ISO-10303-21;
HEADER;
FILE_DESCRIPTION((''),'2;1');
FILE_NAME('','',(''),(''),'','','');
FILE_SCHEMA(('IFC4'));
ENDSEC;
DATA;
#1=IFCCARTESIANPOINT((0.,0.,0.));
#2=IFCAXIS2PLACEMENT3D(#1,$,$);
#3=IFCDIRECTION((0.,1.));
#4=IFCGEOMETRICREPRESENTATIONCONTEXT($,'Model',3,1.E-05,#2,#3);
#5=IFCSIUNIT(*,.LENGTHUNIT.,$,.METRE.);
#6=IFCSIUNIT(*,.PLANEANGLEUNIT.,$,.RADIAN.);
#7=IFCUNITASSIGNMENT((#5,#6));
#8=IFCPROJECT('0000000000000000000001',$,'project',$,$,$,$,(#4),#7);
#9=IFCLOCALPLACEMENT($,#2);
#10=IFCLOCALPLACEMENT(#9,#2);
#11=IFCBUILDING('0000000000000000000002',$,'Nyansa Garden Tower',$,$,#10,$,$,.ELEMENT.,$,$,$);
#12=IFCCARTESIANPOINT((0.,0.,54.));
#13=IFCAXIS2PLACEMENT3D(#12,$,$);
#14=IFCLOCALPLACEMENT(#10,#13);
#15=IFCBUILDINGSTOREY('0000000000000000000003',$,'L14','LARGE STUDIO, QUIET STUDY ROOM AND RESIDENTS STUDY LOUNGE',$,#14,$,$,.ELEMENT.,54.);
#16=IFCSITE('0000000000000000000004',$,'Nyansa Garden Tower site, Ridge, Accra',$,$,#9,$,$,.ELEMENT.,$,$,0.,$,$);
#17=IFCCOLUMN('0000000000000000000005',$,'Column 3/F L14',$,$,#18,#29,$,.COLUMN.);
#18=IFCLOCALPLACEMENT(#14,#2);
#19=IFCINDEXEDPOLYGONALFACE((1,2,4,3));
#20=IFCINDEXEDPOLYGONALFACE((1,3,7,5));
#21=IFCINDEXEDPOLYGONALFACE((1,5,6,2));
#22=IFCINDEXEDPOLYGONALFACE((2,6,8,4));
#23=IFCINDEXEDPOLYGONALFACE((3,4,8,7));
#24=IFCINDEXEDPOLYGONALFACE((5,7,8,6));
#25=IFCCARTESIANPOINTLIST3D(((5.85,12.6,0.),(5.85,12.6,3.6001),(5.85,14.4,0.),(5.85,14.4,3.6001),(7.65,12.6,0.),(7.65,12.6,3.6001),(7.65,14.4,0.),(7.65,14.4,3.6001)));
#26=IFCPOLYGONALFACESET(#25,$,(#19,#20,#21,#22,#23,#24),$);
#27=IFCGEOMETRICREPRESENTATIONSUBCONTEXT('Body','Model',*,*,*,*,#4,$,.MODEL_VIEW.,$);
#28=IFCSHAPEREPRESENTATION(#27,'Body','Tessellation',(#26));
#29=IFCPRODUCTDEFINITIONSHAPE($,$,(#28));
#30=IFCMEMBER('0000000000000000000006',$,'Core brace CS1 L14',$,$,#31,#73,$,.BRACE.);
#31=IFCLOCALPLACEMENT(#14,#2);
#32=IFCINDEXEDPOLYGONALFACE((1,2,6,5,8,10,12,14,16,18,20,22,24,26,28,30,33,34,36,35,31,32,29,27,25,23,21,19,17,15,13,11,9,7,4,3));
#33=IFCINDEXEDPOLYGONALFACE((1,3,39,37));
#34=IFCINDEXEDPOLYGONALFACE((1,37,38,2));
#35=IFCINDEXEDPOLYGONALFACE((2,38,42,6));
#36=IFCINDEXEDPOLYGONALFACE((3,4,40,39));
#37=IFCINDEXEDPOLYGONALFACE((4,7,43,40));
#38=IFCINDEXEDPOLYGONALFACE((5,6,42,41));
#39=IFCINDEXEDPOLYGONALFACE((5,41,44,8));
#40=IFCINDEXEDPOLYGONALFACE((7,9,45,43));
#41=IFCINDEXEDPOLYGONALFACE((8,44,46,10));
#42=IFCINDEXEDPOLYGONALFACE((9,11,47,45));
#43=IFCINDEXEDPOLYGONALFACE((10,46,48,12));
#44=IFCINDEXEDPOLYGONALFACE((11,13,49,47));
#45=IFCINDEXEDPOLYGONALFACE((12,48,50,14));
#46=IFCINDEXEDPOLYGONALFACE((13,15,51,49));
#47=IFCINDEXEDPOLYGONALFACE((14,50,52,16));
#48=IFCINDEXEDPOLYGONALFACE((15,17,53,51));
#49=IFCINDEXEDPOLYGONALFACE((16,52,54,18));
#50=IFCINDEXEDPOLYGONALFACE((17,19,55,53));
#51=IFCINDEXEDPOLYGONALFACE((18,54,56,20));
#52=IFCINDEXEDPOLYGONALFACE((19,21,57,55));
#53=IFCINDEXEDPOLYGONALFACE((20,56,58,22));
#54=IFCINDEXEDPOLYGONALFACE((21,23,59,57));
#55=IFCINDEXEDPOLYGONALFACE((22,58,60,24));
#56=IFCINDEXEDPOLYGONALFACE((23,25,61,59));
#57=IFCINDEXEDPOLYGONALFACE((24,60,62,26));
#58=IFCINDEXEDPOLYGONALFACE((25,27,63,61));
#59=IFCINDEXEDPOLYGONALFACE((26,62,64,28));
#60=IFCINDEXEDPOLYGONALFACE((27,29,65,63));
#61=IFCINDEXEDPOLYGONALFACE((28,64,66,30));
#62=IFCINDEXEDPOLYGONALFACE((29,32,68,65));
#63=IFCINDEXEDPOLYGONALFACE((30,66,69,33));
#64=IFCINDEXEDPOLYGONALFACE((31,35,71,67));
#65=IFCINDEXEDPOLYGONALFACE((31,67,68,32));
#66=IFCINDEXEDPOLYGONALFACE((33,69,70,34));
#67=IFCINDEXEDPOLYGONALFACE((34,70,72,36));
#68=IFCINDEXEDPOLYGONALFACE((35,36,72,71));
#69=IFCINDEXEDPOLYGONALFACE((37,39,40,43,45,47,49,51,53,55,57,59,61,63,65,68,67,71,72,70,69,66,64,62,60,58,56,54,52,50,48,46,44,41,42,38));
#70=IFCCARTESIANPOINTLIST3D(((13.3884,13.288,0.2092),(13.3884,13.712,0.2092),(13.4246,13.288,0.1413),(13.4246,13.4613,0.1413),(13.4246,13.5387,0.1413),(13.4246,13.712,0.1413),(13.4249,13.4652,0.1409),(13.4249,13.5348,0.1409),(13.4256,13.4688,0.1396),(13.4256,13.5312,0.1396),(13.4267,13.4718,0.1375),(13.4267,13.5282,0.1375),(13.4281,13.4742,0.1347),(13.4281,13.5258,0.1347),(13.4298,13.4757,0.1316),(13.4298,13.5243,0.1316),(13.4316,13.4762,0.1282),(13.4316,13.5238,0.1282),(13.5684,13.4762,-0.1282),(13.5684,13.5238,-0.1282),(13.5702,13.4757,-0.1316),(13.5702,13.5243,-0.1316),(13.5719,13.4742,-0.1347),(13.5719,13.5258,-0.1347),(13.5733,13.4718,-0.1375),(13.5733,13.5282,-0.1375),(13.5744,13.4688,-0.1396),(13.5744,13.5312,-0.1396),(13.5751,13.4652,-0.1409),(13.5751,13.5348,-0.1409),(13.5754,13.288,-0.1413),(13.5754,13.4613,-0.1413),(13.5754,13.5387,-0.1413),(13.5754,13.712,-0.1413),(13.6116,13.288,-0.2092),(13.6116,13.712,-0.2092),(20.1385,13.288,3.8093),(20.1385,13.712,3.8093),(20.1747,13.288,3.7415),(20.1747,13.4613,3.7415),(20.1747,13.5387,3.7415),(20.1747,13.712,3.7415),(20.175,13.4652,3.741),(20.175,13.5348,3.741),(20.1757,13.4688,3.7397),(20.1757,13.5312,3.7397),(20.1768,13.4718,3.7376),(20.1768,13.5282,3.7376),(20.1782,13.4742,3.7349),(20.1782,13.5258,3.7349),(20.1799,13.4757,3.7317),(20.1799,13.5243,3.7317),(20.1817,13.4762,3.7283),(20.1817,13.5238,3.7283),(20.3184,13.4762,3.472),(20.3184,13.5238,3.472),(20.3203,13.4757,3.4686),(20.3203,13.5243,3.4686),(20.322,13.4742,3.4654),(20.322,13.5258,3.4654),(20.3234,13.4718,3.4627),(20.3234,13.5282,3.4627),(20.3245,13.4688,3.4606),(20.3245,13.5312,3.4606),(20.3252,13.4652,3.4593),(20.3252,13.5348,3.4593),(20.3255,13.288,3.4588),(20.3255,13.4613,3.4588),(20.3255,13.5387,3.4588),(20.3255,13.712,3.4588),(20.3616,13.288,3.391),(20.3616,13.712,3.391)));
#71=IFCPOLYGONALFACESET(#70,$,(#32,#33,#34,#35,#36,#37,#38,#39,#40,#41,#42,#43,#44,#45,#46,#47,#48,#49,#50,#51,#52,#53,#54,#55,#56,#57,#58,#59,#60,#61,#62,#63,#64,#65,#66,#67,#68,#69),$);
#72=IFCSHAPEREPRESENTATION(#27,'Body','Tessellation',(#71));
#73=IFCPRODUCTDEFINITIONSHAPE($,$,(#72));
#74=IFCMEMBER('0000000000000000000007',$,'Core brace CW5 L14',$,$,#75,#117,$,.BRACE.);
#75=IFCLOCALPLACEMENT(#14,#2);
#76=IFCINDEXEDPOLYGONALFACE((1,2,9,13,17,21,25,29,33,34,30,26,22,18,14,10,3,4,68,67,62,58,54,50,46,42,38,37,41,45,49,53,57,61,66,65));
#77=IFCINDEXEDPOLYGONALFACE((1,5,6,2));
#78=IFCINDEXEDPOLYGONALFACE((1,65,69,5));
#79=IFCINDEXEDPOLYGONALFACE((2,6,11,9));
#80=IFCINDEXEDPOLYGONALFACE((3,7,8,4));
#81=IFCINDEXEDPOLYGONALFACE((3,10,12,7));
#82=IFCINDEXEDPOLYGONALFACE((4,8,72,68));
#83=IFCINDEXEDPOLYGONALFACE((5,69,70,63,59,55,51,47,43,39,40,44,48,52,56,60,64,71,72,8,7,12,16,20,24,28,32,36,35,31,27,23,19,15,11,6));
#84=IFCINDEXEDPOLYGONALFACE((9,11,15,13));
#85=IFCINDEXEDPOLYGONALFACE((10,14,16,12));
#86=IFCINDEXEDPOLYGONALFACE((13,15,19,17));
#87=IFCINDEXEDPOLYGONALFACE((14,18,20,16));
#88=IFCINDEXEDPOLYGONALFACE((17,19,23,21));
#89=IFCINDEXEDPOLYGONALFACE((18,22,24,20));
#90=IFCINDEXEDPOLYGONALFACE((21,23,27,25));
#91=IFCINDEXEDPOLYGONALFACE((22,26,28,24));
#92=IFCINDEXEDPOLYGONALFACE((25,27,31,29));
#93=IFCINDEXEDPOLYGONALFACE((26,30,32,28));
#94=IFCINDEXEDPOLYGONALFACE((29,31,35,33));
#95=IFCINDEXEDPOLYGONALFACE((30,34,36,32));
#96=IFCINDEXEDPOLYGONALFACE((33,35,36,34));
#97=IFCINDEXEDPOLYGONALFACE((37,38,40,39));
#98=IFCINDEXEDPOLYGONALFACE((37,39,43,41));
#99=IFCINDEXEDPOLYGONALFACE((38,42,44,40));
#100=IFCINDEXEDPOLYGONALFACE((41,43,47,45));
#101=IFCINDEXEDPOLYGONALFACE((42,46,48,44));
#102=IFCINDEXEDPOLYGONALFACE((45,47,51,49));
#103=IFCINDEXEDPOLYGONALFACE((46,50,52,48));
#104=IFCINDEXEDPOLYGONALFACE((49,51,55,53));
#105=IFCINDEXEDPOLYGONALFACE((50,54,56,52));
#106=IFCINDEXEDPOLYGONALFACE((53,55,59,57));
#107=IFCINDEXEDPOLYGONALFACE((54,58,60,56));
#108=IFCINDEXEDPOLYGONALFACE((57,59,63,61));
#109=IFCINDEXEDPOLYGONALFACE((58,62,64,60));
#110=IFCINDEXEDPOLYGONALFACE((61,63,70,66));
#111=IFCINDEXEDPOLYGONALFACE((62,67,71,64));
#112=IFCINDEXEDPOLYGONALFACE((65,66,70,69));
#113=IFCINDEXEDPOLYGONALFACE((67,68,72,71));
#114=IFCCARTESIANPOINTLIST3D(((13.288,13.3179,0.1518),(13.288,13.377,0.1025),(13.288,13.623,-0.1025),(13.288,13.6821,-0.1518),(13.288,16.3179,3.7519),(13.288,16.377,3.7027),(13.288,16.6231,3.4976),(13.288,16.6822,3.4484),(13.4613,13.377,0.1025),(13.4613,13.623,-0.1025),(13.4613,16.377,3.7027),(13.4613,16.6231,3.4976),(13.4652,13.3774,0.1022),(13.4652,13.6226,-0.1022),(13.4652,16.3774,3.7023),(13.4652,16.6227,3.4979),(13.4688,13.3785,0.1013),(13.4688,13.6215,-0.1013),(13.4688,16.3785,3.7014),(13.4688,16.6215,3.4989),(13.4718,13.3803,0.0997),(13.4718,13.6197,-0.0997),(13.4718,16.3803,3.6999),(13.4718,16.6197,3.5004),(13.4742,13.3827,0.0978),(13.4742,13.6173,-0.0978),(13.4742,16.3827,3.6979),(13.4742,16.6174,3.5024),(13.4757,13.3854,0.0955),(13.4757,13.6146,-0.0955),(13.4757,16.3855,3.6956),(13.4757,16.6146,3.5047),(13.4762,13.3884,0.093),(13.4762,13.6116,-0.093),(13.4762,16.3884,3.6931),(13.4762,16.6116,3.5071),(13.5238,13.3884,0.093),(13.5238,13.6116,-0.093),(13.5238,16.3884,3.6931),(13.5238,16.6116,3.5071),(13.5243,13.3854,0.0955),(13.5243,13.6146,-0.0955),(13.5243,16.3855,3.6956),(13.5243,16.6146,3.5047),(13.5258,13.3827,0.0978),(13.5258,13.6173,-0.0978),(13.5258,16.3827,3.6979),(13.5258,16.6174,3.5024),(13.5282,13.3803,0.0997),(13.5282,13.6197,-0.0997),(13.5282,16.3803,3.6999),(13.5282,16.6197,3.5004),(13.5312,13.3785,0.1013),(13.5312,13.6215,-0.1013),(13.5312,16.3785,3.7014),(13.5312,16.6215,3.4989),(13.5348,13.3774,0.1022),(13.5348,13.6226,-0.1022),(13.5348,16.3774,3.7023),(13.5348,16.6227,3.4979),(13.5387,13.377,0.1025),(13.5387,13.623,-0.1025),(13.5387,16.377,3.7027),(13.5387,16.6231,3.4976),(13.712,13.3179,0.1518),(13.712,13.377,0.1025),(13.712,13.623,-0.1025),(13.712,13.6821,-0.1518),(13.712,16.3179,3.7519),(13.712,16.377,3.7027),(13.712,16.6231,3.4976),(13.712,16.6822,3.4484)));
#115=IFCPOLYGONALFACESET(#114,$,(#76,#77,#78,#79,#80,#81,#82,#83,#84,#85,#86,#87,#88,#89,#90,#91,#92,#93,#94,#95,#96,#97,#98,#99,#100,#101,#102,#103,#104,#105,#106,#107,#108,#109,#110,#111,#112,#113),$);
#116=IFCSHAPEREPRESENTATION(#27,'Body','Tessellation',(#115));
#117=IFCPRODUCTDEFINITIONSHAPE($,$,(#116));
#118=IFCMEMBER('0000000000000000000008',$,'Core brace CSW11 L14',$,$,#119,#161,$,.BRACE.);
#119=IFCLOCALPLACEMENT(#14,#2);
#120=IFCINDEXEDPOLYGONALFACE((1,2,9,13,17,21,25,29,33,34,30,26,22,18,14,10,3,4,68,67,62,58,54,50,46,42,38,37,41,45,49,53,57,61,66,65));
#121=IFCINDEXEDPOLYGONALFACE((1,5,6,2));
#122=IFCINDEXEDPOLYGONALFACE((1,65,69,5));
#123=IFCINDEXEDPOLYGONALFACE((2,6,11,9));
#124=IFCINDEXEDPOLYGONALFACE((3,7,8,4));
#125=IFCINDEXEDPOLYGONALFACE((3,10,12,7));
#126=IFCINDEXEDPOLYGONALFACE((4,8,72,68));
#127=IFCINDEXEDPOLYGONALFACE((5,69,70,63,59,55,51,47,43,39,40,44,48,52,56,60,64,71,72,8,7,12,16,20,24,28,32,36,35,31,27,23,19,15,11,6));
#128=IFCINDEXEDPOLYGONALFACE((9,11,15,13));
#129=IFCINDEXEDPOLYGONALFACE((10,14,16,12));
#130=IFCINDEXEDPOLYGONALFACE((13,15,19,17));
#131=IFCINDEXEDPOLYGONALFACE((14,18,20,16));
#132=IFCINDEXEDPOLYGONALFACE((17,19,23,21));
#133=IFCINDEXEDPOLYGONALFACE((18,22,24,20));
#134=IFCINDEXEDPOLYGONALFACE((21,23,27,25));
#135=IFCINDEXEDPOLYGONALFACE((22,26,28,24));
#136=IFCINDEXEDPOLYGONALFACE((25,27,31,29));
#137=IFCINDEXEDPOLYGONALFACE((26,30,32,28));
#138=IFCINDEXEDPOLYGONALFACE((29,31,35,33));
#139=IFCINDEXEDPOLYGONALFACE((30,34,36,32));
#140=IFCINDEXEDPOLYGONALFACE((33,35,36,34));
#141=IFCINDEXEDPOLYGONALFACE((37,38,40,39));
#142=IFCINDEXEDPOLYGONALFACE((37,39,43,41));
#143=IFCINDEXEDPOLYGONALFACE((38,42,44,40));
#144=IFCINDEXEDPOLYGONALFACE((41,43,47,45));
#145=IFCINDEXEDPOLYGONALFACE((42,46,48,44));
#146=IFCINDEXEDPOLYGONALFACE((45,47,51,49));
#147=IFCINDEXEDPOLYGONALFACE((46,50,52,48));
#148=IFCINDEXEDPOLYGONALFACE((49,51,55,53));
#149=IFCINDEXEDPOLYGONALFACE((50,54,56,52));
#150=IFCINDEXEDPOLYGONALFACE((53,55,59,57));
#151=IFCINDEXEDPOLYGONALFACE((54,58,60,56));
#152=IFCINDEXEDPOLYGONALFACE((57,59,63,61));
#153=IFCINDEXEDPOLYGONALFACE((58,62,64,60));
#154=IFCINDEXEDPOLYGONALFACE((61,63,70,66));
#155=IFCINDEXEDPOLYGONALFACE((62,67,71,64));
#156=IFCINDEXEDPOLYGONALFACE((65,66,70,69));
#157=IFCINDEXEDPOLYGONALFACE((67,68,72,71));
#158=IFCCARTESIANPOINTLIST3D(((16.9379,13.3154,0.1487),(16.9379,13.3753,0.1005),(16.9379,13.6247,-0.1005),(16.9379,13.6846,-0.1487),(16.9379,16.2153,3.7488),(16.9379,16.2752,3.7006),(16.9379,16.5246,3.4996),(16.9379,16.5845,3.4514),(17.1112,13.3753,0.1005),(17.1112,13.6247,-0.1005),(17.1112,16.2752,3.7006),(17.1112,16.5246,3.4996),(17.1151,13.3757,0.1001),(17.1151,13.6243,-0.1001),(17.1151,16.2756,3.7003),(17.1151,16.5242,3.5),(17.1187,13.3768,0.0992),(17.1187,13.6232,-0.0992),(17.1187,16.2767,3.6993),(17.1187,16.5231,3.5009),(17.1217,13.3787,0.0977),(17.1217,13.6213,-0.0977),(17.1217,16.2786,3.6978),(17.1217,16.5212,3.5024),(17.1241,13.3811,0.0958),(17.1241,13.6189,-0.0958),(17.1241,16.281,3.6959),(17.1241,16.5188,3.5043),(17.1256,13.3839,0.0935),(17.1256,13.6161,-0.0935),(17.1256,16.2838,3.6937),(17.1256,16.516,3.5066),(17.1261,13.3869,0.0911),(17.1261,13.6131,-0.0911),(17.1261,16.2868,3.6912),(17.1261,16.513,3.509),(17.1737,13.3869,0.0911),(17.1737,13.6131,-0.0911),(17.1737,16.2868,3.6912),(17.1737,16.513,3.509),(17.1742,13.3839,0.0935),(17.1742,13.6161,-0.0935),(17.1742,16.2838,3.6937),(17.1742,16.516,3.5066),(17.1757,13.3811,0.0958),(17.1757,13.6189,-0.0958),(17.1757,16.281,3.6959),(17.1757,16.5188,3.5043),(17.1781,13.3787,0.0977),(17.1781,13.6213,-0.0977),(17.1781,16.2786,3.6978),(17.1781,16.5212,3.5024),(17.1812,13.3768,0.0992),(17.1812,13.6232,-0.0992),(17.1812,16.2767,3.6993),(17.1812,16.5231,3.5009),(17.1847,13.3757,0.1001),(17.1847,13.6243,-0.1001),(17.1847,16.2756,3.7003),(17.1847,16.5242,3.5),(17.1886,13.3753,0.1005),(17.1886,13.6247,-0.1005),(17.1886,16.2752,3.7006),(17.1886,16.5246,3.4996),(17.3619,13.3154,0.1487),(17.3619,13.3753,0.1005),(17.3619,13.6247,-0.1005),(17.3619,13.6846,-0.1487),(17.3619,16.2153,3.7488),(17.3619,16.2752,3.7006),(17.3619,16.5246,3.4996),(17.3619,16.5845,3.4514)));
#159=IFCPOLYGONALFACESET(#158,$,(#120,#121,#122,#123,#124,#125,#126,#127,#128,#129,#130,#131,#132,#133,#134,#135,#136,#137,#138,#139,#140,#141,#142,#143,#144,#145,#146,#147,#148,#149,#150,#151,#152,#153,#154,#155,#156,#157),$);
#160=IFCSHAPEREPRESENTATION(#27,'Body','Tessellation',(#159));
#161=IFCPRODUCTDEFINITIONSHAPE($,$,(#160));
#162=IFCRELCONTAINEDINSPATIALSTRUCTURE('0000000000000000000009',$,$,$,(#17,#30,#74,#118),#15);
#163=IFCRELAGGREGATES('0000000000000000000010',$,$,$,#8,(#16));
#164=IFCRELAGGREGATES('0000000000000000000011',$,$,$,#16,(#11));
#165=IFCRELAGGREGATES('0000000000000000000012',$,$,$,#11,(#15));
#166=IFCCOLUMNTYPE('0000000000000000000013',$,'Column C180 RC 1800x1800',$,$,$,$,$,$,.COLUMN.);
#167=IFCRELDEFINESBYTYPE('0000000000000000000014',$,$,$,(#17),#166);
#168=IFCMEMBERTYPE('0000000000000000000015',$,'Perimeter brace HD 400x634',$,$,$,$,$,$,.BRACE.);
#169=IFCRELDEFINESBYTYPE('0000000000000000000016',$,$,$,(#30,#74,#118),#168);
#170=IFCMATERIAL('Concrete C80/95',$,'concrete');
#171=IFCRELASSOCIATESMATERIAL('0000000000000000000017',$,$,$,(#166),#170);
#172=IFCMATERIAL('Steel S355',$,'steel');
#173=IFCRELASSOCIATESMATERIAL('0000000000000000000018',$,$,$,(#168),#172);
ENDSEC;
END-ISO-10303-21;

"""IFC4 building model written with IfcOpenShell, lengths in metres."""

from ifc_helpers import new_model, si_unit, direction, frame, origin, origin_2d, place, context, subcontext, project, spatial, rectangle, i_section, extrude, material, material_profile, profile_set, type_object, element, save


model = new_model("IFC4")

# Units and contexts
model_context = context("Model", 3, precision=1e-05, world=origin(), true_north=direction((0.0, 1.0)))
body_context = subcontext(model_context, "Body", "Model", "MODEL_VIEW")
ifc_project = project(units=[si_unit("LENGTHUNIT", "METRE"), si_unit("PLANEANGLEUNIT", "RADIAN")], contexts=[model_context])

# Site, building, storey
site_placement = place(None, origin())
site = spatial("IfcSite", under=ifc_project, at=site_placement, Name="Nyansa Garden Tower site, Ridge, Accra", CompositionType="ELEMENT", RefElevation=0.0)
building_placement = place(site_placement, origin())
building = spatial("IfcBuilding", under=site, at=building_placement, Name="Nyansa Garden Tower", CompositionType="ELEMENT")
storey_placement = place(building_placement, frame((0.0, 0.0, 54.0)))
storey = spatial("IfcBuildingStorey", under=building, at=storey_placement, Name="L14", Description="LARGE STUDIO, QUIET STUDY ROOM AND RESIDENTS STUDY LOUNGE", CompositionType="ELEMENT", Elevation=54.0)

# Column
ifc_material_1 = material(Name="Concrete C80/95", Category="concrete")
ifc_material_profile_1 = material_profile(ifc_material_1, rectangle(XDim=1.8, YDim=1.8, at=origin_2d()), Name="RC 1800x1800")
ifc_profile_set_1 = profile_set([ifc_material_profile_1], Name="Concrete C80/95")
column_type = type_object("IfcColumnType", Name="Column C180 RC 1800x1800", PredefinedType="COLUMN", material=ifc_profile_set_1)
column_placement = place(storey_placement, frame((6.75, 13.5, 0.0), z_axis=(0.0, 0.0, 1.0), x_axis=(1.0, 0.0, 0.0)))
element("IfcColumn", 1, at=column_placement, inside=storey, type_object=column_type, Name="Column 3/F L14", PredefinedType="COLUMN", context=body_context, shape_type="SweptSolid", body=[
    extrude(rectangle(XDim=1.8, YDim=1.8, at=origin_2d()), origin(), (0.0, 0.0, 1.0), 3.6001),
])

# Members
ifc_material_2 = material(Name="Steel S355", Category="steel")
ifc_material_profile_2 = material_profile(ifc_material_2, i_section(OverallWidth=0.4241, OverallDepth=0.4741, WebThickness=0.0476, FlangeThickness=0.0769, FilletRadius=0.0149, at=origin_2d()), Name="HD 400x634")
ifc_profile_set_2 = profile_set([ifc_material_profile_2], Name="Steel S355")
member_type = type_object("IfcMemberType", Name="Perimeter brace HD 400x634", PredefinedType="BRACE", material=ifc_profile_set_2)
member_1_placement = place(storey_placement, frame((13.5, 13.5, 0.0), z_axis=(0.882348, 0.0, 0.470598), x_axis=(0.0, 1.0, 0.0)))
element("IfcMember", 2, at=member_1_placement, inside=storey, type_object=member_type, Name="Core brace CS1 L14", PredefinedType="BRACE", context=body_context, shape_type="SweptSolid", body=[
    extrude(i_section(OverallWidth=0.4241, OverallDepth=0.4741, WebThickness=0.0476, FlangeThickness=0.0769, FilletRadius=0.0149, at=origin_2d()), origin(), (0.0, 0.0, 1.0), 7.6501),
])
member_2_placement = place(storey_placement, frame((13.5, 13.5, 0.0), z_axis=(0.0, 0.640174, 0.76823), x_axis=(-1.0, 0.0, 0.0)))
element("IfcMember", 3, at=member_2_placement, inside=storey, type_object=member_type, Name="Core brace CW5 L14", PredefinedType="BRACE", context=body_context, shape_type="SweptSolid", body=[
    extrude(i_section(OverallWidth=0.4241, OverallDepth=0.4741, WebThickness=0.0476, FlangeThickness=0.0769, FilletRadius=0.0149, at=origin_2d()), origin(), (0.0, 0.0, 1.0), 4.6863),
])
for number, where, z_axis, x_axis, name in (
    (4, (17.1499, 13.5, 0.0), (0.0, 0.627306, 0.778773), (-1.0, 0.0, 0.0), "Core brace CSW11 L14"),
):
    element("IfcMember", number, at=place(storey_placement, frame(where, z_axis=z_axis, x_axis=x_axis)), inside=storey, type_object=member_type, Name=name, PredefinedType="BRACE", context=body_context, shape_type="SweptSolid", body=[
        extrude(i_section(OverallWidth=0.4241, OverallDepth=0.4741, WebThickness=0.0476, FlangeThickness=0.0769, FilletRadius=0.0149, at=origin_2d()), origin(), (0.0, 0.0, 1.0), 4.6228),
    ])

save(model, "model.ifc")
